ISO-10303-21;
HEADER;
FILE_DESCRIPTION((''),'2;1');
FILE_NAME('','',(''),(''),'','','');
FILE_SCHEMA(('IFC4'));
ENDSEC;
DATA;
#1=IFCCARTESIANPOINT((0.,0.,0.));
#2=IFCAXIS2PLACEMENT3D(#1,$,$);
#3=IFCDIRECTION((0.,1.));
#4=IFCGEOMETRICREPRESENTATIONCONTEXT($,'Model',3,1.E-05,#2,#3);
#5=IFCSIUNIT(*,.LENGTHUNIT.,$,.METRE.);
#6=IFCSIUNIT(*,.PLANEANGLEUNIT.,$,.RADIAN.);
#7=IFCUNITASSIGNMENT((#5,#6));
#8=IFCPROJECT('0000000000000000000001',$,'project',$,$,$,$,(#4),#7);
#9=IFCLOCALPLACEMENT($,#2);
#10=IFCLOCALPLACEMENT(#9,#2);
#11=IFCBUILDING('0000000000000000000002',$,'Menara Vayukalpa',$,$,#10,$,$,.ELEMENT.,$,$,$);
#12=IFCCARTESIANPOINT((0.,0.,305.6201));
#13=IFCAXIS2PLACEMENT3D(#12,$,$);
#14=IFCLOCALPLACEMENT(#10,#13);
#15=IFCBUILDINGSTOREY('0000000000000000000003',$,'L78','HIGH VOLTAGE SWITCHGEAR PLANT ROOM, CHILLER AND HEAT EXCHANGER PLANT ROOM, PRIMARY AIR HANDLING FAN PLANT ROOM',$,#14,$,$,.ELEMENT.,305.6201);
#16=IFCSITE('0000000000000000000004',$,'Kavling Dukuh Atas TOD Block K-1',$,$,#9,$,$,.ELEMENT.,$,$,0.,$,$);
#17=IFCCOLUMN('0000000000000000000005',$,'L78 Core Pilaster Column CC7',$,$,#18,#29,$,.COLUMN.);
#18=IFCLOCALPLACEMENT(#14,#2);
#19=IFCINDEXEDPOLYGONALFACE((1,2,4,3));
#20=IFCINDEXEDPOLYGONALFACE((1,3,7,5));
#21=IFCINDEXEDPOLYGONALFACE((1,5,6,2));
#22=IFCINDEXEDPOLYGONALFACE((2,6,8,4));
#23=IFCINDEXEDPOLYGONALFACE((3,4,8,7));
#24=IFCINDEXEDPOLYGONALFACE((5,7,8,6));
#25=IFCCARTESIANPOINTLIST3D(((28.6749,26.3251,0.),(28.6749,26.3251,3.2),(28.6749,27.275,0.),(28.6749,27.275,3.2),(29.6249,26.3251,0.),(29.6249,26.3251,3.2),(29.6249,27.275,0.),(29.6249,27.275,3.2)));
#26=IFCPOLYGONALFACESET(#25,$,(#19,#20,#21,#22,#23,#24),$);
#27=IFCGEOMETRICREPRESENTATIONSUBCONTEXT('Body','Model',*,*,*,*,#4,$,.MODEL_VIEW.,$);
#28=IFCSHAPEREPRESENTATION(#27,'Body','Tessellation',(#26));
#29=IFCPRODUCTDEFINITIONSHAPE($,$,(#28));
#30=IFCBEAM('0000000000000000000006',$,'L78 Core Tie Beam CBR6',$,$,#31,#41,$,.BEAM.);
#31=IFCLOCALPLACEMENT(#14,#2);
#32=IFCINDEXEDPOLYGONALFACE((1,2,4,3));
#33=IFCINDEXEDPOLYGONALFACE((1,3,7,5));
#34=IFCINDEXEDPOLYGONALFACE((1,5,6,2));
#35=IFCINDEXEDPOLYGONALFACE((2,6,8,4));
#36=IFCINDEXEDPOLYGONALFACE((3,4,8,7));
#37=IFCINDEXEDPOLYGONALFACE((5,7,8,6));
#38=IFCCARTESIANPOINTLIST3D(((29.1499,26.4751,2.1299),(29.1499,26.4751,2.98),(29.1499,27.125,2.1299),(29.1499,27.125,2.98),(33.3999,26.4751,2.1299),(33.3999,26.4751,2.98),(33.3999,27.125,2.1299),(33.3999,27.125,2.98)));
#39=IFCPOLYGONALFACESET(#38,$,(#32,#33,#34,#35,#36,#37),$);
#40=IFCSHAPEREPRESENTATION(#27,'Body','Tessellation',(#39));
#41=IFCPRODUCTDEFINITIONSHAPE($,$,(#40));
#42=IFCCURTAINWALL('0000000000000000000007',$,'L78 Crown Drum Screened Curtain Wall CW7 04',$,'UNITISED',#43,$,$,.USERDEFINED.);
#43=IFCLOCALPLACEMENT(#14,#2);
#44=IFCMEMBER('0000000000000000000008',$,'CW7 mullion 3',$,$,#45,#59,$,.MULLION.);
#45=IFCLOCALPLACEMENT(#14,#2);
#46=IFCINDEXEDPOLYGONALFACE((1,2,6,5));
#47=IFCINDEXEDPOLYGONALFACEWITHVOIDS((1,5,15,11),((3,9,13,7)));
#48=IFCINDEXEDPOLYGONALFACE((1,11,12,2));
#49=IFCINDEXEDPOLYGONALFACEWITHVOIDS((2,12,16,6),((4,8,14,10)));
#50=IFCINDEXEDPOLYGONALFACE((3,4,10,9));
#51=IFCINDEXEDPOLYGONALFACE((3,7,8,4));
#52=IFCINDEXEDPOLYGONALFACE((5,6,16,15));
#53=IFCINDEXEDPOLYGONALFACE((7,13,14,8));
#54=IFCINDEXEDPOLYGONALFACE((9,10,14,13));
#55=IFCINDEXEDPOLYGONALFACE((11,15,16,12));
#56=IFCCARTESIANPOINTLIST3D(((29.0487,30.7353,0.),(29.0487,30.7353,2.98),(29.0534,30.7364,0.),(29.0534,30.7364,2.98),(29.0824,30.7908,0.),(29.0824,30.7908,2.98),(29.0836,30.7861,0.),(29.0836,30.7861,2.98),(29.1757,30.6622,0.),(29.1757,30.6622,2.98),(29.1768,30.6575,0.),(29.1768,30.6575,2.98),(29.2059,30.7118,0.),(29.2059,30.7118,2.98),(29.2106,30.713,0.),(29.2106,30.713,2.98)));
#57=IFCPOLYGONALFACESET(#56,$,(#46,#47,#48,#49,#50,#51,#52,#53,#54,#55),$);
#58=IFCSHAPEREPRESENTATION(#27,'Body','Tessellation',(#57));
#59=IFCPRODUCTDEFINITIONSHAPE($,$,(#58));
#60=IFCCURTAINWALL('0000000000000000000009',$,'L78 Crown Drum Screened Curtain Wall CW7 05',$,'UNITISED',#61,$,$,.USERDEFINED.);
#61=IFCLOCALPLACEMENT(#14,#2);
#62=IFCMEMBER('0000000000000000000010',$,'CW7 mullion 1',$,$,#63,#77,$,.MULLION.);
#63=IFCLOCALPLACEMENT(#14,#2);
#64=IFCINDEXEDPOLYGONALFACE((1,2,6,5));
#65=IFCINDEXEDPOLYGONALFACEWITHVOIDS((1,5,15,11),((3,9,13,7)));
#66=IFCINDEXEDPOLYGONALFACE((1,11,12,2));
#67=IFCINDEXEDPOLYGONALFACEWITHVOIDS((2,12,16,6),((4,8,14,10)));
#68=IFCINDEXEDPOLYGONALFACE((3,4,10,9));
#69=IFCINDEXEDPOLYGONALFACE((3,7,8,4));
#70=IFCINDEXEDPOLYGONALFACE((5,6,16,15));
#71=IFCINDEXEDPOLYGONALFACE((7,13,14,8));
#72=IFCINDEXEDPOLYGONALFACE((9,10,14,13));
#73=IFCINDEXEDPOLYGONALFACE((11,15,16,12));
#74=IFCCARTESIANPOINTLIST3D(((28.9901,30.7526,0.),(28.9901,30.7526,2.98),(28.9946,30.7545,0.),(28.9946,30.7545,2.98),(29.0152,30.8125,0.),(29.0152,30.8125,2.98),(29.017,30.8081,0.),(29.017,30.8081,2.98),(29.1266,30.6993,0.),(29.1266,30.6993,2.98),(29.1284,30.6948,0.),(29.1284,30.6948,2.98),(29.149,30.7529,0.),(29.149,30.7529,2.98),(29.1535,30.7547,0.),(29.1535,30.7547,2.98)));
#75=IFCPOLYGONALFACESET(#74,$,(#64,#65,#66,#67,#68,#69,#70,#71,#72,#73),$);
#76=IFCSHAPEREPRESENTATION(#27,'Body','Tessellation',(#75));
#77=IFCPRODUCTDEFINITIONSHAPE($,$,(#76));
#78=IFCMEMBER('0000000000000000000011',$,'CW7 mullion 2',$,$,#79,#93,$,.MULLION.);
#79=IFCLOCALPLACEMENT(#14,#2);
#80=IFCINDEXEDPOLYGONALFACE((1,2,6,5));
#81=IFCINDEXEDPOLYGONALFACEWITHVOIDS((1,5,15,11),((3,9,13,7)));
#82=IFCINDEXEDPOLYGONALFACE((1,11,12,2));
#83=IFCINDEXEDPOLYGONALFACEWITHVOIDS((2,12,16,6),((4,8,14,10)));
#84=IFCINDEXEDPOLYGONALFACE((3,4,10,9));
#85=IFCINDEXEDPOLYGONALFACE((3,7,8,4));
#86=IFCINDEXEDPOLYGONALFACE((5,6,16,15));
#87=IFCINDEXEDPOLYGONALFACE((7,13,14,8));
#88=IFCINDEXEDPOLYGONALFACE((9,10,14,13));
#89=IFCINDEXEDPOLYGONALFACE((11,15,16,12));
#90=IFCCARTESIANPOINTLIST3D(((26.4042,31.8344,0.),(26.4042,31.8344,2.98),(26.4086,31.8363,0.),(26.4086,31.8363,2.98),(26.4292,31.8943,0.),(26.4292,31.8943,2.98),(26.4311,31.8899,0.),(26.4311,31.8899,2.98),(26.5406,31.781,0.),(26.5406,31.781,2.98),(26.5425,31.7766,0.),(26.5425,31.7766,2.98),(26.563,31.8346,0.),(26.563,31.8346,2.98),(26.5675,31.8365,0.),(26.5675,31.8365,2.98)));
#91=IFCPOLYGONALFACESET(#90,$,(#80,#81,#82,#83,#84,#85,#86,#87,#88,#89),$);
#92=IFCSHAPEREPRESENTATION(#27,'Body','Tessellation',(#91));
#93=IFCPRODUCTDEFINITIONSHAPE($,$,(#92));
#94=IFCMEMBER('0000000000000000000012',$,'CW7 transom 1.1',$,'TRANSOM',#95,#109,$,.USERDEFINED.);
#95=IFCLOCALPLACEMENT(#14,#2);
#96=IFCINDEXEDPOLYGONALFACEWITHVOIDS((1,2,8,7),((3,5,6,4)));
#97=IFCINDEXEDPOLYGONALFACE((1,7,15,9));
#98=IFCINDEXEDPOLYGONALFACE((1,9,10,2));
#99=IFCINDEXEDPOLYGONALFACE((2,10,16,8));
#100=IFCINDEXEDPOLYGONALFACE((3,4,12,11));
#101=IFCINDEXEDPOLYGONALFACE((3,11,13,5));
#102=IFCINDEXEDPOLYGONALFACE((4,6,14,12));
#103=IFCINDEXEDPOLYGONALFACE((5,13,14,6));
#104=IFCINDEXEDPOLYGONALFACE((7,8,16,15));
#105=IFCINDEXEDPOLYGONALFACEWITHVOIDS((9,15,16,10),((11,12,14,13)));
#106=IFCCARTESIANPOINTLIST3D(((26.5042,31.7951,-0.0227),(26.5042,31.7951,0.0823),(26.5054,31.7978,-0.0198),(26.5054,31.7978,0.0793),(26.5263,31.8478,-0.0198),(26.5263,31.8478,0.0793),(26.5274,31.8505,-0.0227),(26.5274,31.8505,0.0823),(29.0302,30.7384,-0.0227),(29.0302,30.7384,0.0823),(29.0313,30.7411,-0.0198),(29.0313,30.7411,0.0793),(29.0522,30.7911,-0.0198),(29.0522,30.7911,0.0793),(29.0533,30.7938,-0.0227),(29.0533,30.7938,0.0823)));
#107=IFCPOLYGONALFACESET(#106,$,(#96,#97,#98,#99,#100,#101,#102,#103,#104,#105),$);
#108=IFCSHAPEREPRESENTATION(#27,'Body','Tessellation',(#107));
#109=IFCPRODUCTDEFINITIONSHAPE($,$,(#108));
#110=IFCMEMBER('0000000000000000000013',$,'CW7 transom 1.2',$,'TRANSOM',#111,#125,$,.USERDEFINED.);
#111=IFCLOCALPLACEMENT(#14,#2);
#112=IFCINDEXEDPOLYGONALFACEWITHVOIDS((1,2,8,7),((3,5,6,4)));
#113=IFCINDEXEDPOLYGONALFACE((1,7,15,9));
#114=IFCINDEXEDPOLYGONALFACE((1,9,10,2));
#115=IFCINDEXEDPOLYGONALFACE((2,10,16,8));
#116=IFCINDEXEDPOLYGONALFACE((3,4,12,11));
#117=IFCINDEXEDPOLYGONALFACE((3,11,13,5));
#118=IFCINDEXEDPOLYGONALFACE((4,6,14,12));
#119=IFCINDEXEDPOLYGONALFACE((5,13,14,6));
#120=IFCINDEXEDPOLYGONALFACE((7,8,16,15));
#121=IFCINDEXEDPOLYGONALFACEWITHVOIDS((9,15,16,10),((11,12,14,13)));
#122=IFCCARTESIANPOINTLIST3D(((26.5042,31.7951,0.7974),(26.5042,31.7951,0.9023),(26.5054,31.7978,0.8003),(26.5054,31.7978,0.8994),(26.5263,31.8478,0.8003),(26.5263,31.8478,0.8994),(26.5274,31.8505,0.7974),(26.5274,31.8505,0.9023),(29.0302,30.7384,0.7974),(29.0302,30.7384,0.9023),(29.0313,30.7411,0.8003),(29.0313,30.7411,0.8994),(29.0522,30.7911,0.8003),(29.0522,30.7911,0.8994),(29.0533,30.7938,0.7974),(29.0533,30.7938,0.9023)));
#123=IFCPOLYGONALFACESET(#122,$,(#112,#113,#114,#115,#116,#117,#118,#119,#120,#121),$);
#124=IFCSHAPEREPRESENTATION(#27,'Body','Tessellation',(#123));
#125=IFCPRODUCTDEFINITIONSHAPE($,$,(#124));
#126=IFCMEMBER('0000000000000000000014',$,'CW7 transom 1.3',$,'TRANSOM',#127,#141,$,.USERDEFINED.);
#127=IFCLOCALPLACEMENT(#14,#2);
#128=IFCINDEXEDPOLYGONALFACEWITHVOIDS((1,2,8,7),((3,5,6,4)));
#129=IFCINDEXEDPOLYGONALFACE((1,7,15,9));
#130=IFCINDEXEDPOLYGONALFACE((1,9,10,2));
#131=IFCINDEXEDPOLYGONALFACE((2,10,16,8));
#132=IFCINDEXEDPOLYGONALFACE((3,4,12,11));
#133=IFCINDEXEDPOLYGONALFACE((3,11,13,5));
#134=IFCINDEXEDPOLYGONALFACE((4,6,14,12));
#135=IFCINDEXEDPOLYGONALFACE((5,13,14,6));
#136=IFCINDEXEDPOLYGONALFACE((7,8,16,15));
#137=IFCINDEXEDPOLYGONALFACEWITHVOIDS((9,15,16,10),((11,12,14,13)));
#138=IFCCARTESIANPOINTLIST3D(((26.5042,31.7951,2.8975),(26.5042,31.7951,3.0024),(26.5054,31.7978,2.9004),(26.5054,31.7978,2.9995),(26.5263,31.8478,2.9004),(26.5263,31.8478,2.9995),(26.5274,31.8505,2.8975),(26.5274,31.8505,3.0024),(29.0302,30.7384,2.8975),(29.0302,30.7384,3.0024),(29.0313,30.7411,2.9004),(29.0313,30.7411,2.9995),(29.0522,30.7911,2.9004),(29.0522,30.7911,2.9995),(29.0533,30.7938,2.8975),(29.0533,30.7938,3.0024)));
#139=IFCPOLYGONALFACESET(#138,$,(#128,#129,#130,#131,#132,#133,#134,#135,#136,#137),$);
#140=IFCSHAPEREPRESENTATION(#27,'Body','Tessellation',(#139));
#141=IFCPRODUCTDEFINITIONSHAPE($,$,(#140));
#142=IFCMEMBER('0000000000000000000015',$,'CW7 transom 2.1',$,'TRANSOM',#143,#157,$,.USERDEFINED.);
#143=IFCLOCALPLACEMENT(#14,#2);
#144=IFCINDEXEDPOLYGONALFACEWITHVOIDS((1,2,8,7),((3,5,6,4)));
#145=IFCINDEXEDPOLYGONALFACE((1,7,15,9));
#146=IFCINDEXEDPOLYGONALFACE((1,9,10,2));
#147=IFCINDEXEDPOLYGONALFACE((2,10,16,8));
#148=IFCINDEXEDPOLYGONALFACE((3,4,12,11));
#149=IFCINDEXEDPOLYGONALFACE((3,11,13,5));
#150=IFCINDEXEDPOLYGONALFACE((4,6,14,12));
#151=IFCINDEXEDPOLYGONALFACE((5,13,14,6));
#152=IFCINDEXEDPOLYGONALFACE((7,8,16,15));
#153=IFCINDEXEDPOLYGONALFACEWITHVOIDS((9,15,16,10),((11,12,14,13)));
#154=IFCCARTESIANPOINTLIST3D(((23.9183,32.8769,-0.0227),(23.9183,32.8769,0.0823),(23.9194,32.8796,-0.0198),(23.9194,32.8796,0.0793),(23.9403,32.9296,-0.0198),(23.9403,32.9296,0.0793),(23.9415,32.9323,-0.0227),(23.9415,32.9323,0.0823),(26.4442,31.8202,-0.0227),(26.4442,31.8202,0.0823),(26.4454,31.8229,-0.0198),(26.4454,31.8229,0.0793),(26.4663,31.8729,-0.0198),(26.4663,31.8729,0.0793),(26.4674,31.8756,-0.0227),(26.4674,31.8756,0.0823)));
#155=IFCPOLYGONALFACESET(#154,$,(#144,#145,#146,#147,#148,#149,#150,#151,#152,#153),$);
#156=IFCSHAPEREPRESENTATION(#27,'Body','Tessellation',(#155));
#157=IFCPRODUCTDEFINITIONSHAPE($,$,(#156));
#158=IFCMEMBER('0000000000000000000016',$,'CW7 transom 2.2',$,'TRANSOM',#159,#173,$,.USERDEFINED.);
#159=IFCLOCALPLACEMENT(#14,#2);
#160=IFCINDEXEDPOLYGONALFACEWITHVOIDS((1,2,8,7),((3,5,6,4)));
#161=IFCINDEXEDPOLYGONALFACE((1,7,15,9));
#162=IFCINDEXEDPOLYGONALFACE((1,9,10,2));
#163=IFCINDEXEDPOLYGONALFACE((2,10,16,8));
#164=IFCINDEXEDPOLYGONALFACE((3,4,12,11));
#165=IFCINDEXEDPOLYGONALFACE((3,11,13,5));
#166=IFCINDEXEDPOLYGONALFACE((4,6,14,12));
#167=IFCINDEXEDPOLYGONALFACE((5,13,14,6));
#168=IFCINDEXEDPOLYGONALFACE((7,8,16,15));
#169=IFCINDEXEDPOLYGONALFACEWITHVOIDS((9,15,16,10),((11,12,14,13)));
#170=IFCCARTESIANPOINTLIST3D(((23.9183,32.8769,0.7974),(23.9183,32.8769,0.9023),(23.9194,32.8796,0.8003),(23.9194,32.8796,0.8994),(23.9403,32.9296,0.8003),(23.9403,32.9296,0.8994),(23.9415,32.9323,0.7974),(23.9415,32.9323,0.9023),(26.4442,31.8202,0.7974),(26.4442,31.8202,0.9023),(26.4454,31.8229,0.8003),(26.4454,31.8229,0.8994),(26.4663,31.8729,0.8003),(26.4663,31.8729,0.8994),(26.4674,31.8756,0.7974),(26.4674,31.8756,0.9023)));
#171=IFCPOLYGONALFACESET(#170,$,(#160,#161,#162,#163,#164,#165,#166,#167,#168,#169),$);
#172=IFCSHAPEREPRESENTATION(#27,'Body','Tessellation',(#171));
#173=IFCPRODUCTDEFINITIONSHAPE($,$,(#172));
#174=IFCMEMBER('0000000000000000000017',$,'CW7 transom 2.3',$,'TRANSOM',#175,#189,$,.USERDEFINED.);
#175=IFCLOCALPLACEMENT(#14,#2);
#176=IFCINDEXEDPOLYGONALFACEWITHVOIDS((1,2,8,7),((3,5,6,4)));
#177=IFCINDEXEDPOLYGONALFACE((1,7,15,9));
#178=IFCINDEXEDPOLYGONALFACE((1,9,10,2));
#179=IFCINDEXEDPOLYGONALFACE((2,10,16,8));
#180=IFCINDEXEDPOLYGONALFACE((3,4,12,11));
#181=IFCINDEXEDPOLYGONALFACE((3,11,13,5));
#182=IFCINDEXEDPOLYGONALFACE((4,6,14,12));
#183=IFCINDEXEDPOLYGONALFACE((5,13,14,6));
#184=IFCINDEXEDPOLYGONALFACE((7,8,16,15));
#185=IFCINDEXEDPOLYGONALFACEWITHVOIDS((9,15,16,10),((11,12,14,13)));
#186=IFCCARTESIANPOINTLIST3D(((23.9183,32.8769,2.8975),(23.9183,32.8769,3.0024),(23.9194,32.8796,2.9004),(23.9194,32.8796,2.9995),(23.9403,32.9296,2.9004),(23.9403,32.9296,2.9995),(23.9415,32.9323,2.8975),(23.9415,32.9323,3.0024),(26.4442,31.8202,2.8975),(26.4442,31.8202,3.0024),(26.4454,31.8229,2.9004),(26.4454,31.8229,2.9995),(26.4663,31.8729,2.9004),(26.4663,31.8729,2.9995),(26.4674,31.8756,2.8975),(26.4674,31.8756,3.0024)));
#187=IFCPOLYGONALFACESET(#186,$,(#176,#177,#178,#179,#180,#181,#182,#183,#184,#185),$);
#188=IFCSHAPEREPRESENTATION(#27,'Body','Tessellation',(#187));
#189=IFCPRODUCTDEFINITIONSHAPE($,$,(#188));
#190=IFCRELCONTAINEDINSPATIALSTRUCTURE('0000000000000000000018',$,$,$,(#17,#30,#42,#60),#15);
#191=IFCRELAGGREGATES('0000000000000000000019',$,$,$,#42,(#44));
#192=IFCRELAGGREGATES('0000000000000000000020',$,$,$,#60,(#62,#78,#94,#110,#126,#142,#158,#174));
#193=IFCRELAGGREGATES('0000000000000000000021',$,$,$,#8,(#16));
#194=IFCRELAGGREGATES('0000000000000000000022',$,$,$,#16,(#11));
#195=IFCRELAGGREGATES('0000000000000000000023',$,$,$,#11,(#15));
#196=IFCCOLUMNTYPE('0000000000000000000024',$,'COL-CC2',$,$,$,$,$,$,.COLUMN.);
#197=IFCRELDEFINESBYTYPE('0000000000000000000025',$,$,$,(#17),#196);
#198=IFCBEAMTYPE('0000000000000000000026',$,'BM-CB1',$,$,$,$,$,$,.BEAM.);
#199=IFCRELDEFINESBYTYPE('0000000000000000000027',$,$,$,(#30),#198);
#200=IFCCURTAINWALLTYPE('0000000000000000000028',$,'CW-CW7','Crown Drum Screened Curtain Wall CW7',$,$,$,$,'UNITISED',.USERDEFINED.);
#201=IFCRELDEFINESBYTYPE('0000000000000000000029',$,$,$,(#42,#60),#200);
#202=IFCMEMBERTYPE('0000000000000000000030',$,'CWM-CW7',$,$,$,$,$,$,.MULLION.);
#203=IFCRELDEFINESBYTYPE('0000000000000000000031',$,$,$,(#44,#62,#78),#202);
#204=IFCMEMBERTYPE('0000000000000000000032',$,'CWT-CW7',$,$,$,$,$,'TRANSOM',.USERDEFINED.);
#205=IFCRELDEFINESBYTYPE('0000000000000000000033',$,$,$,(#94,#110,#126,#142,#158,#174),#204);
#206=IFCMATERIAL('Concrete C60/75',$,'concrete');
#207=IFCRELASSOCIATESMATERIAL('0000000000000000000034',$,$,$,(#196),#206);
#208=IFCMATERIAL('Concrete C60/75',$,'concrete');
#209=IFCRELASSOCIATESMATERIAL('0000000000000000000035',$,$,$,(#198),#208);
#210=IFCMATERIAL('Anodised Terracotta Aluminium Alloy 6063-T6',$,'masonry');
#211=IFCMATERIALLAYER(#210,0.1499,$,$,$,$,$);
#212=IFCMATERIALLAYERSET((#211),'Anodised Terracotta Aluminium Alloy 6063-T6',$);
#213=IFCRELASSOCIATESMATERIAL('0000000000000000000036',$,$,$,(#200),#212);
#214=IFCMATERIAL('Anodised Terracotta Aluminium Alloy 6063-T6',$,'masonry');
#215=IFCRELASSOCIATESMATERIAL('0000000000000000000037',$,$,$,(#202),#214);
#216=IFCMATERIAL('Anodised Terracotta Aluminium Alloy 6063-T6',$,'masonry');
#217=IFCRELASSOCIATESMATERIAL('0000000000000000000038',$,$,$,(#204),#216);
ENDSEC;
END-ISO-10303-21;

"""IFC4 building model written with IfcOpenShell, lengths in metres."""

from ifc_helpers import new_model, si_unit, direction, frame, origin, origin_2d, place, context, subcontext, project, spatial, rectangle, hollow_rectangle, extrude, material, layer, layer_set, material_profile, profile_set, type_object, element, aggregate, save


model = new_model("IFC4")

# Units and contexts
model_context = context("Model", 3, precision=1e-05, world=origin(), true_north=direction((0.0, 1.0)))
body_context = subcontext(model_context, "Body", "Model", "MODEL_VIEW")
ifc_project = project(units=[si_unit("LENGTHUNIT", "METRE"), si_unit("PLANEANGLEUNIT", "RADIAN")], contexts=[model_context])

# Site, building, storey
site_placement = place(None, origin())
site = spatial("IfcSite", under=ifc_project, at=site_placement, Name="Kavling Dukuh Atas TOD Block K-1", CompositionType="ELEMENT", RefElevation=0.0)
building_placement = place(site_placement, origin())
building = spatial("IfcBuilding", under=site, at=building_placement, Name="Menara Vayukalpa", CompositionType="ELEMENT")
storey_placement = place(building_placement, frame((0.0, 0.0, 305.6201)))
storey = spatial("IfcBuildingStorey", under=building, at=storey_placement, Name="L78", Description="HIGH VOLTAGE SWITCHGEAR PLANT ROOM, CHILLER AND HEAT EXCHANGER PLANT ROOM, PRIMARY AIR HANDLING FAN PLANT ROOM", CompositionType="ELEMENT", Elevation=305.6201)

# Column
ifc_material_1 = material(Name="Concrete C60/75", Category="concrete")
ifc_material_profile_1 = material_profile(ifc_material_1, rectangle(XDim=0.95, YDim=0.95, at=origin_2d()), Name="RC 950x950")
ifc_profile_set_1 = profile_set([ifc_material_profile_1], Name="Concrete C60/75")
column_type = type_object("IfcColumnType", Name="COL-CC2", PredefinedType="COLUMN", material=ifc_profile_set_1)
column_placement = place(storey_placement, frame((29.1499, 26.8, 0.0), z_axis=(0.0, 0.0, 1.0), x_axis=(1.0, 0.0, 0.0)))
element("IfcColumn", 1, at=column_placement, inside=storey, type_object=column_type, Name="L78 Core Pilaster Column CC7", PredefinedType="COLUMN", context=body_context, shape_type="SweptSolid", body=[
    extrude(rectangle(XDim=0.95, YDim=0.95, at=origin_2d()), origin(), (0.0, 0.0, 1.0), 3.2),
])

# Beam
ifc_material_2 = material(Name="Concrete C60/75", Category="concrete")
ifc_material_profile_2 = material_profile(ifc_material_2, rectangle(XDim=0.6499, YDim=0.8501, at=origin_2d()), Name="RC 650x850")
ifc_profile_set_2 = profile_set([ifc_material_profile_2], Name="Concrete C60/75")
beam_type = type_object("IfcBeamType", Name="BM-CB1", PredefinedType="BEAM", material=ifc_profile_set_2)
beam_placement = place(storey_placement, frame((29.1499, 26.8, 2.5549), z_axis=(1.0, 0.0, 0.0), x_axis=(0.0, 1.0, 0.0)))
element("IfcBeam", 2, at=beam_placement, inside=storey, type_object=beam_type, Name="L78 Core Tie Beam CBR6", PredefinedType="BEAM", context=body_context, shape_type="SweptSolid", body=[
    extrude(rectangle(XDim=0.6499, YDim=0.8501, at=origin_2d()), origin(), (0.0, 0.0, 1.0), 4.25),
])

# Curtain wall, member
ifc_material_3 = material(Name="Anodised Terracotta Aluminium Alloy 6063-T6", Category="masonry")
ifc_layer_1 = layer(ifc_material_3, 0.1499)
ifc_layer_set_1 = layer_set([ifc_layer_1], Name="Anodised Terracotta Aluminium Alloy 6063-T6")
curtain_wall_type = type_object("IfcCurtainWallType", Name="CW-CW7", Description="Crown Drum Screened Curtain Wall CW7", ElementType="UNITISED", PredefinedType="USERDEFINED", material=ifc_layer_set_1)
curtain_wall_1_placement = place(storey_placement, origin())
curtain_wall_1 = element("IfcCurtainWall", 3, at=curtain_wall_1_placement, inside=storey, type_object=curtain_wall_type, Name="L78 Crown Drum Screened Curtain Wall CW7 04", ObjectType="UNITISED", PredefinedType="USERDEFINED")
ifc_material_4 = material(Name="Anodised Terracotta Aluminium Alloy 6063-T6", Category="masonry")
ifc_material_profile_3 = material_profile(ifc_material_4, hollow_rectangle(XDim=0.0649, YDim=0.1499, WallThickness=0.0034, at=origin_2d()), Name="ALU 65x150x3.5")
ifc_profile_set_3 = profile_set([ifc_material_profile_3], Name="Anodised Terracotta Aluminium Alloy 6063-T6")
member_type_1 = type_object("IfcMemberType", Name="CWM-CW7", PredefinedType="MULLION", material=ifc_profile_set_3)
member_1_placement = place(storey_placement, frame((29.1296, 30.7241, 0.0), z_axis=(0.0, 0.0, 1.0), x_axis=(-0.519176, -0.854667, 0.0)))
member_1 = element("IfcMember", 4, at=member_1_placement, type_object=member_type_1, Name="CW7 mullion 3", PredefinedType="MULLION", context=body_context, shape_type="SweptSolid", body=[
    extrude(hollow_rectangle(XDim=0.0649, YDim=0.1499, WallThickness=0.0034, at=origin_2d()), origin(), (0.0, 0.0, 1.0), 2.98),
])

# Curtain wall, members
curtain_wall_2_placement = place(storey_placement, origin())
curtain_wall_2 = element("IfcCurtainWall", 5, at=curtain_wall_2_placement, inside=storey, type_object=curtain_wall_type, Name="L78 Crown Drum Screened Curtain Wall CW7 05", ObjectType="UNITISED", PredefinedType="USERDEFINED")
member_2_placement = place(storey_placement, frame((29.0718, 30.7537, 0.0), z_axis=(0.0, 0.0, 1.0), x_axis=(-0.385898, -0.922541, 0.0)))
member_2 = element("IfcMember", 6, at=member_2_placement, type_object=member_type_1, Name="CW7 mullion 1", PredefinedType="MULLION", context=body_context, shape_type="SweptSolid", body=[
    extrude(hollow_rectangle(XDim=0.0649, YDim=0.1499, WallThickness=0.0034, at=origin_2d()), origin(), (0.0, 0.0, 1.0), 2.98),
])
member_3_placement = place(storey_placement, frame((26.4858, 31.8354, 0.0), z_axis=(0.0, 0.0, 1.0), x_axis=(-0.385898, -0.922541, 0.0)))
member_3 = element("IfcMember", 7, at=member_3_placement, type_object=member_type_1, Name="CW7 mullion 2", PredefinedType="MULLION", context=body_context, shape_type="SweptSolid", body=[
    extrude(hollow_rectangle(XDim=0.0649, YDim=0.1499, WallThickness=0.0034, at=origin_2d()), origin(), (0.0, 0.0, 1.0), 2.98),
])
ifc_material_5 = material(Name="Anodised Terracotta Aluminium Alloy 6063-T6", Category="masonry")
ifc_material_profile_4 = material_profile(ifc_material_5, hollow_rectangle(XDim=0.0601, YDim=0.105, WallThickness=0.0029, at=origin_2d()), Name="ALU 60x105x3")
ifc_profile_set_4 = profile_set([ifc_material_profile_4], Name="Anodised Terracotta Aluminium Alloy 6063-T6")
member_type_2 = type_object("IfcMemberType", Name="CWT-CW7", ElementType="TRANSOM", PredefinedType="USERDEFINED", material=ifc_profile_set_4)
member_4_placement = place(storey_placement, frame((29.0417, 30.7661, 0.0298), z_axis=(-0.922533, 0.385919, 0.0), x_axis=(-0.385919, -0.922533, 0.0)))
member_4 = element("IfcMember", 8, at=member_4_placement, type_object=member_type_2, Name="CW7 transom 1.1", ObjectType="TRANSOM", PredefinedType="USERDEFINED", context=body_context, shape_type="SweptSolid", body=[
    extrude(hollow_rectangle(XDim=0.0601, YDim=0.105, WallThickness=0.0029, at=origin_2d()), origin(), (0.0, 0.0, 1.0), 2.738),
])
member_5_placement = place(storey_placement, frame((29.0417, 30.7661, 0.8499), z_axis=(-0.922533, 0.385919, 0.0), x_axis=(-0.385919, -0.922533, 0.0)))
member_5 = element("IfcMember", 9, at=member_5_placement, type_object=member_type_2, Name="CW7 transom 1.2", ObjectType="TRANSOM", PredefinedType="USERDEFINED", context=body_context, shape_type="SweptSolid", body=[
    extrude(hollow_rectangle(XDim=0.0601, YDim=0.105, WallThickness=0.0029, at=origin_2d()), origin(), (0.0, 0.0, 1.0), 2.738),
])
member_6_placement = place(storey_placement, frame((29.0417, 30.7661, 2.95), z_axis=(-0.922533, 0.385919, 0.0), x_axis=(-0.385919, -0.922533, 0.0)))
member_6 = element("IfcMember", 10, at=member_6_placement, type_object=member_type_2, Name="CW7 transom 1.3", ObjectType="TRANSOM", PredefinedType="USERDEFINED", context=body_context, shape_type="SweptSolid", body=[
    extrude(hollow_rectangle(XDim=0.0601, YDim=0.105, WallThickness=0.0029, at=origin_2d()), origin(), (0.0, 0.0, 1.0), 2.738),
])
member_7_placement = place(storey_placement, frame((26.4558, 31.8479, 0.0298), z_axis=(-0.922533, 0.385919, 0.0), x_axis=(-0.385919, -0.922533, 0.0)))
member_7 = element("IfcMember", 11, at=member_7_placement, type_object=member_type_2, Name="CW7 transom 2.1", ObjectType="TRANSOM", PredefinedType="USERDEFINED", context=body_context, shape_type="SweptSolid", body=[
    extrude(hollow_rectangle(XDim=0.0601, YDim=0.105, WallThickness=0.0029, at=origin_2d()), origin(), (0.0, 0.0, 1.0), 2.738),
])
member_8_placement = place(storey_placement, frame((26.4558, 31.8479, 0.8499), z_axis=(-0.922533, 0.385919, 0.0), x_axis=(-0.385919, -0.922533, 0.0)))
member_8 = element("IfcMember", 12, at=member_8_placement, type_object=member_type_2, Name="CW7 transom 2.2", ObjectType="TRANSOM", PredefinedType="USERDEFINED", context=body_context, shape_type="SweptSolid", body=[
    extrude(hollow_rectangle(XDim=0.0601, YDim=0.105, WallThickness=0.0029, at=origin_2d()), origin(), (0.0, 0.0, 1.0), 2.738),
])
member_9_placement = place(storey_placement, frame((26.4558, 31.8479, 2.95), z_axis=(-0.922533, 0.385919, 0.0), x_axis=(-0.385919, -0.922533, 0.0)))
member_9 = element("IfcMember", 13, at=member_9_placement, type_object=member_type_2, Name="CW7 transom 2.3", ObjectType="TRANSOM", PredefinedType="USERDEFINED", context=body_context, shape_type="SweptSolid", body=[
    extrude(hollow_rectangle(XDim=0.0601, YDim=0.105, WallThickness=0.0029, at=origin_2d()), origin(), (0.0, 0.0, 1.0), 2.738),
])

aggregate(curtain_wall_1, [member_1])
aggregate(curtain_wall_2, [member_2, member_3, member_4, member_5, member_6, member_7, member_8, member_9])

save(model, "model.ifc")
